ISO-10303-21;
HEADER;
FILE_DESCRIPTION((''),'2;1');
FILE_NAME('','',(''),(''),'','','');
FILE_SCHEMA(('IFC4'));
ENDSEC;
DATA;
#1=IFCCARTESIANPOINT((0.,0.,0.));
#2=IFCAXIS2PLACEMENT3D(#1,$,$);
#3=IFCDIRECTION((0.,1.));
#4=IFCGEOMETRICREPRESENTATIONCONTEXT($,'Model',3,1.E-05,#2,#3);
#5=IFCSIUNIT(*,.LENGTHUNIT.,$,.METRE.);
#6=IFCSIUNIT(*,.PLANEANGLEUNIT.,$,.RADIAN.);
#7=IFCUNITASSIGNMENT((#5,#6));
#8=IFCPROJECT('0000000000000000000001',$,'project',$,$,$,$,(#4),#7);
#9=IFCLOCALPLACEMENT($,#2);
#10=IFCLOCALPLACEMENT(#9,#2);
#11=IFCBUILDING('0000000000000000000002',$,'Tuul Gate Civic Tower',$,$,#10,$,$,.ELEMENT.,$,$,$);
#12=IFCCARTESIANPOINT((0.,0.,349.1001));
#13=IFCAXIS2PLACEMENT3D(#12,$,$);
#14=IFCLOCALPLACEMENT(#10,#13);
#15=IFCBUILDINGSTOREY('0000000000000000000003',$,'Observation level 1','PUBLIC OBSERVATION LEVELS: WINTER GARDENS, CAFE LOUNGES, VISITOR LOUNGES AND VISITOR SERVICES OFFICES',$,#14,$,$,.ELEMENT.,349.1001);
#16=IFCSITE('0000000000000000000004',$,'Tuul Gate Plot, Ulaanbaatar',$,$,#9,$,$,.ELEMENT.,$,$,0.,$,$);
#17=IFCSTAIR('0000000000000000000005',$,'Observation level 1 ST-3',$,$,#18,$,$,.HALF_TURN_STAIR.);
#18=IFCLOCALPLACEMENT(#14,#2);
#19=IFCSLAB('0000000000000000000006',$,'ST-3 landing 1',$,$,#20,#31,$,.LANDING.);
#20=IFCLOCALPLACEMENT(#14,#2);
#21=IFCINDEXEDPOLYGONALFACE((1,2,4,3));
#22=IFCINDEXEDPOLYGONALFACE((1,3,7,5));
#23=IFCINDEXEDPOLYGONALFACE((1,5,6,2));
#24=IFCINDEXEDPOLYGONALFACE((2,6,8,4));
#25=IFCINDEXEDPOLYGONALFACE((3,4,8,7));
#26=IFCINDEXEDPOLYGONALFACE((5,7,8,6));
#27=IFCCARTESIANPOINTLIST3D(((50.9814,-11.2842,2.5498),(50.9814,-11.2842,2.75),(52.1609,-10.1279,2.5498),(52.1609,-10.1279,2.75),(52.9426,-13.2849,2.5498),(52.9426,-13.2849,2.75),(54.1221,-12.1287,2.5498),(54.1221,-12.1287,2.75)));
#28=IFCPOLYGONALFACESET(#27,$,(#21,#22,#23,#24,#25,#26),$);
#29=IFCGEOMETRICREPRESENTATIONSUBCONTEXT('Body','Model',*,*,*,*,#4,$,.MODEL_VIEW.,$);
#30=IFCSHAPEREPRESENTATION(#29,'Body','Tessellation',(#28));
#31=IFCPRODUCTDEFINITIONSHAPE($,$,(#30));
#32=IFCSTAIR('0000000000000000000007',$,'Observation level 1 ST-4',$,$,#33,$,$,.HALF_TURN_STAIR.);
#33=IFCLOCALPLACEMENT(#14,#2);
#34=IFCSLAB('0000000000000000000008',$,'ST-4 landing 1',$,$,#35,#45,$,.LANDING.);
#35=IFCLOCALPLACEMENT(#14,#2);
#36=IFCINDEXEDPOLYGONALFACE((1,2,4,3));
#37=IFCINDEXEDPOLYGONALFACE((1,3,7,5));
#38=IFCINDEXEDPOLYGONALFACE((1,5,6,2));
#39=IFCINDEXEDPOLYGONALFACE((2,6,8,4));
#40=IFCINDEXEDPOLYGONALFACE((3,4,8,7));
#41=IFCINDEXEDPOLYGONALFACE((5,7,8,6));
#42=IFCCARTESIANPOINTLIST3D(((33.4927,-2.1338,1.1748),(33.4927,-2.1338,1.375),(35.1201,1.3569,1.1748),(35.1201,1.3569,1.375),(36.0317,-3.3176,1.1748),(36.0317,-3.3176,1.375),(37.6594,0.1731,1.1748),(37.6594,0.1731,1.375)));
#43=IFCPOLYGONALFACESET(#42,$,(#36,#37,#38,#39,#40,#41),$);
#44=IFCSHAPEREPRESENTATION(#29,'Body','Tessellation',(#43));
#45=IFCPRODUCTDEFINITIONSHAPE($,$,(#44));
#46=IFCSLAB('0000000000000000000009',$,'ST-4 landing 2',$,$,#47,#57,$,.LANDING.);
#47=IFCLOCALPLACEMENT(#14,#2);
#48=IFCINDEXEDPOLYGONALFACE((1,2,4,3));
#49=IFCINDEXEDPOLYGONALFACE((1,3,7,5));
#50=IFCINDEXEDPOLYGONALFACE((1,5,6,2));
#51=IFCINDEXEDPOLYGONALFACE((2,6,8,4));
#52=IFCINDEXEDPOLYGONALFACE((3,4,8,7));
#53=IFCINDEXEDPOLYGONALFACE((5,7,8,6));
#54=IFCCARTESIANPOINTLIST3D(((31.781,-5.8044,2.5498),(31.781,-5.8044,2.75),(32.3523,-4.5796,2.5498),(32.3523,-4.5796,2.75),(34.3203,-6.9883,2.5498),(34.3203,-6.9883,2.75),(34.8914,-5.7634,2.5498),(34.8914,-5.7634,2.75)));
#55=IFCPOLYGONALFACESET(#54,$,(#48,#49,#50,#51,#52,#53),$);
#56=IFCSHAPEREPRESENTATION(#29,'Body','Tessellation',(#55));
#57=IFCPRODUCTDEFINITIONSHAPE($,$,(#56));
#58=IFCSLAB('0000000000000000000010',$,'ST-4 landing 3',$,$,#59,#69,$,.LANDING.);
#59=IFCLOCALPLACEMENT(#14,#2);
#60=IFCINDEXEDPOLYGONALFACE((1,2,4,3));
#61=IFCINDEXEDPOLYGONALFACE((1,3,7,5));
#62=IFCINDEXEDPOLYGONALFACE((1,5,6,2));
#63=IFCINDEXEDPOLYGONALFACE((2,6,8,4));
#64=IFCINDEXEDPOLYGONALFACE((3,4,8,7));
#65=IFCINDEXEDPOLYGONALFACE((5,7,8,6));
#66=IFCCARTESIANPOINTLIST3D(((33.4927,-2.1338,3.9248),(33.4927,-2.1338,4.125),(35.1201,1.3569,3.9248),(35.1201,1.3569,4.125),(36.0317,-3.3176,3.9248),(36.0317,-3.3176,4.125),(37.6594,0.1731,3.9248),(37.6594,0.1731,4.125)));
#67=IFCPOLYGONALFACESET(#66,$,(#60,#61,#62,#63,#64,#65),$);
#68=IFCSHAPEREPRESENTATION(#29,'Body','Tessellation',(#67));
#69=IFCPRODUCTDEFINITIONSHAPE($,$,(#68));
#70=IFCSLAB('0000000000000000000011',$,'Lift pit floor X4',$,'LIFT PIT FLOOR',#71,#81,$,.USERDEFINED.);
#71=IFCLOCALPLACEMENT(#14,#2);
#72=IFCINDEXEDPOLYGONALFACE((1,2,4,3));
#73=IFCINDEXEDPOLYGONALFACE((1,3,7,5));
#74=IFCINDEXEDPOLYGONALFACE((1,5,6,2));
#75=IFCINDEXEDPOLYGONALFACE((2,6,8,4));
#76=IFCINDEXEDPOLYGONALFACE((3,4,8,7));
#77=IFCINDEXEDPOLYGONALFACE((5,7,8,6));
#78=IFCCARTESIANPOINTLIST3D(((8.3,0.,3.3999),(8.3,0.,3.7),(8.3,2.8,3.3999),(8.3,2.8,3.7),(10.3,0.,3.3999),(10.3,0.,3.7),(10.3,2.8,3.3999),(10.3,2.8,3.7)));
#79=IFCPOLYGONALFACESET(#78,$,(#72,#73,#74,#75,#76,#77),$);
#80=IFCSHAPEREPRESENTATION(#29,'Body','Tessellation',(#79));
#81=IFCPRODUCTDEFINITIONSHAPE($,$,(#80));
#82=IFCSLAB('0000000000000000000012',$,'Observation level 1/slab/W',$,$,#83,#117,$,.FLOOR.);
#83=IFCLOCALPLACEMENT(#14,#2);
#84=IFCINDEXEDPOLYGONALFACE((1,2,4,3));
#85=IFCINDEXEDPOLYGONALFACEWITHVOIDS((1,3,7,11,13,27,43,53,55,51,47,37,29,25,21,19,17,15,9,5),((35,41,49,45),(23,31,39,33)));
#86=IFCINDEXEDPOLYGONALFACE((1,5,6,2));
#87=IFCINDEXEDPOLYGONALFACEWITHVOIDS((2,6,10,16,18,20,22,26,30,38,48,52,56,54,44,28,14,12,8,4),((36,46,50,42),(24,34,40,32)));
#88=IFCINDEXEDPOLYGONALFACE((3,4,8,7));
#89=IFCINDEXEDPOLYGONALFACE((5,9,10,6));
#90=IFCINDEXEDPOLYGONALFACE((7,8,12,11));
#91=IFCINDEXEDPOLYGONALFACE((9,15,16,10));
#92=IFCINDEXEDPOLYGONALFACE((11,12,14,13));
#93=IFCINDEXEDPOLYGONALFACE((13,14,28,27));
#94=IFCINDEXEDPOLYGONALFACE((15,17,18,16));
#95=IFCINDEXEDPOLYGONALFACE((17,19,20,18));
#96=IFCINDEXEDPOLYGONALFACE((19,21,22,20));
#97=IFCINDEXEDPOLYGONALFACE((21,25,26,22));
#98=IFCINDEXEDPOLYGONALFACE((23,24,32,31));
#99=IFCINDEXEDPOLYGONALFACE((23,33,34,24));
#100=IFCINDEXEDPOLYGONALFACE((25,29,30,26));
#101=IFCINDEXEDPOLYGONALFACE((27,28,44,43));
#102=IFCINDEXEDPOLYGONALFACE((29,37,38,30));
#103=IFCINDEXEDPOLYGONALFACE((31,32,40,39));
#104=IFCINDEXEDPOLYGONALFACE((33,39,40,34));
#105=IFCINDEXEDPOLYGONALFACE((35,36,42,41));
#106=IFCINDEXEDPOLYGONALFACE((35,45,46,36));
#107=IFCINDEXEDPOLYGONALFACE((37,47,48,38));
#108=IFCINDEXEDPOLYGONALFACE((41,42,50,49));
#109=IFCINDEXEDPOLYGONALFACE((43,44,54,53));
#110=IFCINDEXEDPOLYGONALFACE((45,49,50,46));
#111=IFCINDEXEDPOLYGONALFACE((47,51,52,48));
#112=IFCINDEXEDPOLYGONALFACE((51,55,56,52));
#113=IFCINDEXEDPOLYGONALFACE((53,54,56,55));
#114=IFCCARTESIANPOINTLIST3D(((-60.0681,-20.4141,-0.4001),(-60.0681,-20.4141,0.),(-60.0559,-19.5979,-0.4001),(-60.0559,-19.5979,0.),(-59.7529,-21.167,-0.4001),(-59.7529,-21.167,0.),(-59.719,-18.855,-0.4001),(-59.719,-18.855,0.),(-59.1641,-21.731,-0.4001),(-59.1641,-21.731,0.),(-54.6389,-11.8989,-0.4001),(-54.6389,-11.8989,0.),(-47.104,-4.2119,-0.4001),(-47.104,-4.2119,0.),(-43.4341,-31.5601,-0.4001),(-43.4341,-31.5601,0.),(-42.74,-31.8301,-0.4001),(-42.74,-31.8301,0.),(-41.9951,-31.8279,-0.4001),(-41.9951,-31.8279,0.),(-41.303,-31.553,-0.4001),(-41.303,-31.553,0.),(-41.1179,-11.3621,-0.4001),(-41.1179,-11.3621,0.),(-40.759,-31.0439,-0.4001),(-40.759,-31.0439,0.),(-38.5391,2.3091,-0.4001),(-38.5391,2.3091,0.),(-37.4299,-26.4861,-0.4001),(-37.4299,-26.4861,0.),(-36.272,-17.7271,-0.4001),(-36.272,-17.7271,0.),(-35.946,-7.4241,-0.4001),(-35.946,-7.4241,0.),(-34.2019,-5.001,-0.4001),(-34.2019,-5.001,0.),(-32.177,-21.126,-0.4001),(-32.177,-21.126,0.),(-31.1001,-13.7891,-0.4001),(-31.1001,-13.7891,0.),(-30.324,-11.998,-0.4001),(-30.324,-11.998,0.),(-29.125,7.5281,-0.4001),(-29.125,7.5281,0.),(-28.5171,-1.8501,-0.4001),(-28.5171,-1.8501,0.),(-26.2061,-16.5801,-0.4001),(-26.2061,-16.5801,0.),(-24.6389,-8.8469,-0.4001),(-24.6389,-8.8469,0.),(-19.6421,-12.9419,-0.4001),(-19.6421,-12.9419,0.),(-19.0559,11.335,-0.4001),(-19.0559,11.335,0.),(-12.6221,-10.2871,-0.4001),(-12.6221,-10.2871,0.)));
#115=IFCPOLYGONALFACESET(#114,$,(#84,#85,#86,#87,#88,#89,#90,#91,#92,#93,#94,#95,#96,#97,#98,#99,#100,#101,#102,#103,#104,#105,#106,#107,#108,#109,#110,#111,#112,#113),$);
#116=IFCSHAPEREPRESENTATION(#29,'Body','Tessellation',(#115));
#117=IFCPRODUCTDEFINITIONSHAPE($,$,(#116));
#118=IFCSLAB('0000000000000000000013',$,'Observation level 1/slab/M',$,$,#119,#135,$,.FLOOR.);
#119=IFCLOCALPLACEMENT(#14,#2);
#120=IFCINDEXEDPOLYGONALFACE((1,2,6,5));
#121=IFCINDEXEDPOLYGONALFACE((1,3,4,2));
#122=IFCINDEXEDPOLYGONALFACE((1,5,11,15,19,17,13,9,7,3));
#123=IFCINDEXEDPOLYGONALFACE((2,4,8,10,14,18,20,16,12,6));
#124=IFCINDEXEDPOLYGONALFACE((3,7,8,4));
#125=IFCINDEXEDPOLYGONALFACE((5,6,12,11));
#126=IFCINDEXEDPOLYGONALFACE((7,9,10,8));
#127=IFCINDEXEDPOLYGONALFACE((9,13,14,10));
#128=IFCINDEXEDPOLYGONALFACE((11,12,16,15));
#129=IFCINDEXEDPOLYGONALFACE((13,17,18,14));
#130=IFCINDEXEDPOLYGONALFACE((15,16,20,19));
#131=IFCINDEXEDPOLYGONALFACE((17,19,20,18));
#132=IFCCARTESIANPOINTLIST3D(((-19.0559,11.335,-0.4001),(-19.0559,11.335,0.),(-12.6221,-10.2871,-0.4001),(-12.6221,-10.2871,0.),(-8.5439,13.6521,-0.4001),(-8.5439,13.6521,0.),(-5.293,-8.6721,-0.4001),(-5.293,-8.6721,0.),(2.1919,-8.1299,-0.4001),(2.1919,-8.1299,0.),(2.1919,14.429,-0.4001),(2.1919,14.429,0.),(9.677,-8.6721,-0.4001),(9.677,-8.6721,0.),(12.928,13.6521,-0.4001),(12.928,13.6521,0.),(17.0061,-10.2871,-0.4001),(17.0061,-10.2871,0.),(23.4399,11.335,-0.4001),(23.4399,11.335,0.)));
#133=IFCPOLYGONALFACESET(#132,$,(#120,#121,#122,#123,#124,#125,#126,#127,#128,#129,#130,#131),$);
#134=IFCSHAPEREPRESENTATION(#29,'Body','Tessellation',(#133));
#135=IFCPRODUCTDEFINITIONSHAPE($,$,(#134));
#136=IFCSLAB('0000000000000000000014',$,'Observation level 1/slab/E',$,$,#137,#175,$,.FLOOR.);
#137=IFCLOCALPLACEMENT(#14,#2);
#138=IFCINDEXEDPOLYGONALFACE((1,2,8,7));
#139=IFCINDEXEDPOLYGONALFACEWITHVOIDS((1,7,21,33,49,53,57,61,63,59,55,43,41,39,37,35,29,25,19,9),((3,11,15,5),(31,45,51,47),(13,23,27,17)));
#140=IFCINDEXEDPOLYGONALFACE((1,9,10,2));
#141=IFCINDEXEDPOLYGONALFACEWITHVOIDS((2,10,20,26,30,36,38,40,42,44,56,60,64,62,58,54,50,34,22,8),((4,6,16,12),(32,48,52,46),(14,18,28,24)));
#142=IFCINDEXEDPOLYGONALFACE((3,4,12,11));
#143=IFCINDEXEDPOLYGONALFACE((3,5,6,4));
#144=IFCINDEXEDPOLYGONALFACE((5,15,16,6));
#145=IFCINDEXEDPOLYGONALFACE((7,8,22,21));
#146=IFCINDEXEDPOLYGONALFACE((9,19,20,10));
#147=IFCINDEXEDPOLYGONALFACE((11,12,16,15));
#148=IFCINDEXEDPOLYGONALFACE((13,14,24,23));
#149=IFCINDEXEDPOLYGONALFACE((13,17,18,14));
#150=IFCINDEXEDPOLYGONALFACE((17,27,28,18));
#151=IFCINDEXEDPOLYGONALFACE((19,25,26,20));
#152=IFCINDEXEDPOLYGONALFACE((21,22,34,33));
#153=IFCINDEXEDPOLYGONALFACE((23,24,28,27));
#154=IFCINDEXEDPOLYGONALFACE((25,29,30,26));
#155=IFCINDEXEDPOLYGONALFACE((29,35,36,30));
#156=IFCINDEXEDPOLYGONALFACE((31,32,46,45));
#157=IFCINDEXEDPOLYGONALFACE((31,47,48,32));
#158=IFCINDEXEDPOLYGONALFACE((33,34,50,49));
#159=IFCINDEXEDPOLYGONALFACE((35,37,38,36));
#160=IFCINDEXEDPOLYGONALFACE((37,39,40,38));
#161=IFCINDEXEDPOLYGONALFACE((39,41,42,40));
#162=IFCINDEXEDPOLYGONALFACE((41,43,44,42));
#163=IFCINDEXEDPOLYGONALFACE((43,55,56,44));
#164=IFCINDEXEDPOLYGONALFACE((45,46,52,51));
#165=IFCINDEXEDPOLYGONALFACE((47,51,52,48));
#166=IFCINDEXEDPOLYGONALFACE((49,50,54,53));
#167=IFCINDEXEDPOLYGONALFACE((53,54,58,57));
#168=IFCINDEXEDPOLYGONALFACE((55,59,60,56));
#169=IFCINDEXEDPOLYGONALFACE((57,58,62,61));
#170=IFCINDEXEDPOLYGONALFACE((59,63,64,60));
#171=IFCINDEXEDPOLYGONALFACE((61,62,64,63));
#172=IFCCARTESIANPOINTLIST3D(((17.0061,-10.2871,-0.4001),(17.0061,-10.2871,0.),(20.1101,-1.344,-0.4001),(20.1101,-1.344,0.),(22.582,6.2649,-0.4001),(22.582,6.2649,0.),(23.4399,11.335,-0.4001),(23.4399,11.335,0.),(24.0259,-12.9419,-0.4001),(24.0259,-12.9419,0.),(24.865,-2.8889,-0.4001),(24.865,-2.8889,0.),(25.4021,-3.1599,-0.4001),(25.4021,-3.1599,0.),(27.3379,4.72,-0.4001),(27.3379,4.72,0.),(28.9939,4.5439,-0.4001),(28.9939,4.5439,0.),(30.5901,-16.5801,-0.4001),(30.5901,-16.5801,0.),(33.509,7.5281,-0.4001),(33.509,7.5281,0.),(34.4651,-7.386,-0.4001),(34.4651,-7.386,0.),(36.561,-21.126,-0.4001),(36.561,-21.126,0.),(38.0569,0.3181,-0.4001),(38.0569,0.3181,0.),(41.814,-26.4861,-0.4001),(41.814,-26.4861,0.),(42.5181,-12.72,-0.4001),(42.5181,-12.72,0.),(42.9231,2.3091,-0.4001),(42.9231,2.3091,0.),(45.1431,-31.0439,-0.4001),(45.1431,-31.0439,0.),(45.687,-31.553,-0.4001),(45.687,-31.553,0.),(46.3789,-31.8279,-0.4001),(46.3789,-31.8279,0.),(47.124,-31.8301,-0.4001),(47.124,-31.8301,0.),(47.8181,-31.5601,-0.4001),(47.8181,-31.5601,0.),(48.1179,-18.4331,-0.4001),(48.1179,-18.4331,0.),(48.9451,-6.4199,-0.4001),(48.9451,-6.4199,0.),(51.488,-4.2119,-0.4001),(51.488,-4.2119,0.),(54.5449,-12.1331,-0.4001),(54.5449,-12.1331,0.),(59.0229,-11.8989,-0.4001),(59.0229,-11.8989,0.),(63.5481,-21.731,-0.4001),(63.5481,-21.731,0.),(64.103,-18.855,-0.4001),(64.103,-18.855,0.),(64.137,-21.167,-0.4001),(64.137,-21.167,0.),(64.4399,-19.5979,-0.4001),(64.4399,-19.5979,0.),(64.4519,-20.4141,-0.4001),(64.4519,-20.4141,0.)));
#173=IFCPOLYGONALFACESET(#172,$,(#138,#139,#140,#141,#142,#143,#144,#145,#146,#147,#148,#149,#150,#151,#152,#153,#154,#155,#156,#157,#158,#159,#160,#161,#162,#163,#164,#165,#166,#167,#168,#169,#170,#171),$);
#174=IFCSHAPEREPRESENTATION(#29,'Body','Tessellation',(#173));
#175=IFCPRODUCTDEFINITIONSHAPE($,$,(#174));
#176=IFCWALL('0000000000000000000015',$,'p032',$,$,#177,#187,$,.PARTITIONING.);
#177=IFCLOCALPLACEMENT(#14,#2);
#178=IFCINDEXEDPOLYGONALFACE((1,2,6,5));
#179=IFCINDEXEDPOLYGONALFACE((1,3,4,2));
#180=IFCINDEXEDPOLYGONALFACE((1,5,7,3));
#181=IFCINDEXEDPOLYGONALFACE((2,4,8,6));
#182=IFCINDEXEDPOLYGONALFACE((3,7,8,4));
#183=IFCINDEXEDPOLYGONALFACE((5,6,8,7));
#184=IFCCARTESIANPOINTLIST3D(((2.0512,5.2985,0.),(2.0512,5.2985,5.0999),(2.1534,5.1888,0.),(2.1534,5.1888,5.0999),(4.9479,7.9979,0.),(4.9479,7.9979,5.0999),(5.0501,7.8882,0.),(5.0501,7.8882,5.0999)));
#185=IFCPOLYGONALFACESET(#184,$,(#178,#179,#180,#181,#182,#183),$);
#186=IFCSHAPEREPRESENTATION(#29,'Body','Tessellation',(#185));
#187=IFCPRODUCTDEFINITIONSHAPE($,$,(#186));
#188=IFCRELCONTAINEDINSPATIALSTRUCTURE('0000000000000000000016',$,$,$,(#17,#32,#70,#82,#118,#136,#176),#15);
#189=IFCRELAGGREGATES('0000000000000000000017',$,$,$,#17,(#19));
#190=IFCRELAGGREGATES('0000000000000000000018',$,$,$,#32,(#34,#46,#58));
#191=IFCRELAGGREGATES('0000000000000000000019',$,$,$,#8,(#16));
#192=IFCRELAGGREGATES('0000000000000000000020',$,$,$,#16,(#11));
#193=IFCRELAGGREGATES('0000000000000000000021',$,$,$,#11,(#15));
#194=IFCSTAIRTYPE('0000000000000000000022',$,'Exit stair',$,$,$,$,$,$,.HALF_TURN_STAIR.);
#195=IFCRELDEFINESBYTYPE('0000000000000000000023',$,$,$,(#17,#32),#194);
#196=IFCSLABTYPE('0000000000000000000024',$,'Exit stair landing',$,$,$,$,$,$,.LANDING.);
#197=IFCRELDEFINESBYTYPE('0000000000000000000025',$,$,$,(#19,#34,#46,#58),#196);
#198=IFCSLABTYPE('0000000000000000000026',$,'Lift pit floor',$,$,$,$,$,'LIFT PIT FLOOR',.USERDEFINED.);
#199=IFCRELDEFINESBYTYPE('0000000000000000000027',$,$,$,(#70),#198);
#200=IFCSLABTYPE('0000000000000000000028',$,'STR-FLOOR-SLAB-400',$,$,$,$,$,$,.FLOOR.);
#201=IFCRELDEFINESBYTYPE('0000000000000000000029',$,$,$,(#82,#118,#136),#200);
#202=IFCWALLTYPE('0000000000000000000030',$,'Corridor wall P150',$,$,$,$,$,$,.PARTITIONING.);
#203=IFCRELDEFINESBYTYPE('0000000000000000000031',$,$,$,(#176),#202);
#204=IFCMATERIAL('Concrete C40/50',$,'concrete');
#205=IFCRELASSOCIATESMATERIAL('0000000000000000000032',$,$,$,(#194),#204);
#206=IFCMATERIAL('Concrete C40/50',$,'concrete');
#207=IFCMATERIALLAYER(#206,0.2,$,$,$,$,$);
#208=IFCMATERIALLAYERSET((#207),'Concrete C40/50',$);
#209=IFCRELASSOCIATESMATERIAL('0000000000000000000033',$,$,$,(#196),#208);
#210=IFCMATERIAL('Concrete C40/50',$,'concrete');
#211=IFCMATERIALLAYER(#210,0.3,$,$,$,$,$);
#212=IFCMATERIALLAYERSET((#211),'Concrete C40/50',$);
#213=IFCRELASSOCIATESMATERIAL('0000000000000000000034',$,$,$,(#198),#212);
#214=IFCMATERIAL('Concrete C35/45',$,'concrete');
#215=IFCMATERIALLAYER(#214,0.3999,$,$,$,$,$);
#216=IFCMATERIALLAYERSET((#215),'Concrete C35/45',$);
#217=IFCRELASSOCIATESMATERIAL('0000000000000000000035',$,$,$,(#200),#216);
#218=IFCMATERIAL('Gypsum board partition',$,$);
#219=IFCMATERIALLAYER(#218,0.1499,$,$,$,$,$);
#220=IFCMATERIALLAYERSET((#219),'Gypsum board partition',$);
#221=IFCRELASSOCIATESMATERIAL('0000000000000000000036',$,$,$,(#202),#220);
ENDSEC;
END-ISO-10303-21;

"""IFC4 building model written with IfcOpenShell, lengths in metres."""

from ifc_helpers import new_model, si_unit, direction, frame, frame_2d, origin, place, context, subcontext, project, spatial, polyline, rectangle, outline, extrude, material, layer, layer_set, type_object, element, aggregate, save


model = new_model("IFC4")

# Units and contexts
model_context = context("Model", 3, precision=1e-05, world=origin(), true_north=direction((0.0, 1.0)))
body_context = subcontext(model_context, "Body", "Model", "MODEL_VIEW")
ifc_project = project(units=[si_unit("LENGTHUNIT", "METRE"), si_unit("PLANEANGLEUNIT", "RADIAN")], contexts=[model_context])

# Site, building, storey
site_placement = place(None, origin())
site = spatial("IfcSite", under=ifc_project, at=site_placement, Name="Tuul Gate Plot, Ulaanbaatar", CompositionType="ELEMENT", RefElevation=0.0)
building_placement = place(site_placement, origin())
building = spatial("IfcBuilding", under=site, at=building_placement, Name="Tuul Gate Civic Tower", CompositionType="ELEMENT")
storey_placement = place(building_placement, frame((0.0, 0.0, 349.1001)))
storey = spatial("IfcBuildingStorey", under=building, at=storey_placement, Name="Observation level 1", Description="PUBLIC OBSERVATION LEVELS: WINTER GARDENS, CAFE LOUNGES, VISITOR LOUNGES AND VISITOR SERVICES OFFICES", CompositionType="ELEMENT", Elevation=349.1001)

# Shared definitions
ifc_material_1 = material(Name="Concrete C40/50", Category="concrete")
stair_type = type_object("IfcStairType", Name="Exit stair", PredefinedType="HALF_TURN_STAIR", material=ifc_material_1)
ifc_material_2 = material(Name="Concrete C40/50", Category="concrete")
ifc_layer_1 = layer(ifc_material_2, 0.2)
ifc_layer_set_1 = layer_set([ifc_layer_1], Name="Concrete C40/50")
slab_type_1 = type_object("IfcSlabType", Name="Exit stair landing", PredefinedType="LANDING", material=ifc_layer_set_1)

# Stair, slab
stair_1_placement = place(storey_placement, origin())
stair_1 = element("IfcStair", 1, at=stair_1_placement, inside=storey, type_object=stair_type, Name="Observation level 1 ST-3", PredefinedType="HALF_TURN_STAIR")
slab_1_placement = place(storey_placement, frame((0.0, 0.0, 2.5498)))
slab_1 = element("IfcSlab", 2, at=slab_1_placement, type_object=slab_type_1, Name="ST-3 landing 1", PredefinedType="LANDING", context=body_context, shape_type="SweptSolid", body=[
    extrude(outline(polyline([(52.9426, -13.2849), (50.9814, -11.2842), (52.1609, -10.1279), (54.1221, -12.1287), (52.9426, -13.2849)])), origin(), (0.0, 0.0, 1.0), 0.2002),
])
aggregate(stair_1, [slab_1])

# Stair, slabs
stair_2_placement = place(storey_placement, origin())
stair_2 = element("IfcStair", 3, at=stair_2_placement, inside=storey, type_object=stair_type, Name="Observation level 1 ST-4", PredefinedType="HALF_TURN_STAIR")
slab_2_placement = place(storey_placement, frame((0.0, 0.0, 1.1748)))
slab_2 = element("IfcSlab", 4, at=slab_2_placement, type_object=slab_type_1, Name="ST-4 landing 1", PredefinedType="LANDING", context=body_context, shape_type="SweptSolid", body=[
    extrude(outline(polyline([(36.0317, -3.3176), (33.4927, -2.1338), (35.1201, 1.3569), (37.6594, 0.1731), (36.0317, -3.3176)])), origin(), (0.0, 0.0, 1.0), 0.2002),
])
slab_3_placement = place(storey_placement, frame((0.0, 0.0, 2.5498)))
slab_3 = element("IfcSlab", 5, at=slab_3_placement, type_object=slab_type_1, Name="ST-4 landing 2", PredefinedType="LANDING", context=body_context, shape_type="SweptSolid", body=[
    extrude(outline(polyline([(34.3203, -6.9883), (31.781, -5.8044), (32.3523, -4.5796), (34.8914, -5.7634), (34.3203, -6.9883)])), origin(), (0.0, 0.0, 1.0), 0.2002),
])
slab_4_placement = place(storey_placement, frame((0.0, 0.0, 3.9248)))
slab_4 = element("IfcSlab", 6, at=slab_4_placement, type_object=slab_type_1, Name="ST-4 landing 3", PredefinedType="LANDING", context=body_context, shape_type="SweptSolid", body=[
    extrude(outline(polyline([(36.0317, -3.3176), (33.4927, -2.1338), (35.1201, 1.3569), (37.6594, 0.1731), (36.0317, -3.3176)])), origin(), (0.0, 0.0, 1.0), 0.2002),
])
aggregate(stair_2, [slab_2, slab_3, slab_4])

# Slabs
ifc_material_3 = material(Name="Concrete C40/50", Category="concrete")
ifc_layer_2 = layer(ifc_material_3, 0.3)
ifc_layer_set_2 = layer_set([ifc_layer_2], Name="Concrete C40/50")
slab_type_2 = type_object("IfcSlabType", Name="Lift pit floor", ElementType="LIFT PIT FLOOR", PredefinedType="USERDEFINED", material=ifc_layer_set_2)
slab_5_placement = place(storey_placement, frame((0.0, 0.0, 3.3999)))
element("IfcSlab", 7, at=slab_5_placement, inside=storey, type_object=slab_type_2, Name="Lift pit floor X4", ObjectType="LIFT PIT FLOOR", PredefinedType="USERDEFINED", context=body_context, shape_type="SweptSolid", body=[
    extrude(outline(polyline([(10.3, 0.0), (10.3, 2.8), (8.3, 2.8), (8.3, 0.0), (10.3, 0.0)])), origin(), (0.0, 0.0, 1.0), 0.3),
])
ifc_material_4 = material(Name="Concrete C35/45", Category="concrete")
ifc_layer_3 = layer(ifc_material_4, 0.3999)
ifc_layer_set_3 = layer_set([ifc_layer_3], Name="Concrete C35/45")
slab_type_3 = type_object("IfcSlabType", Name="STR-FLOOR-SLAB-400", PredefinedType="FLOOR", material=ifc_layer_set_3)
slab_6_placement = place(storey_placement, frame((0.0, 0.0, -0.4001)))
element("IfcSlab", 8, at=slab_6_placement, inside=storey, type_object=slab_type_3, Name="Observation level 1/slab/W", PredefinedType="FLOOR", context=body_context, shape_type="SweptSolid", body=[
    extrude(outline(polyline([(-19.6421, -12.9419), (-12.6221, -10.2871), (-19.0559, 11.335), (-29.125, 7.5281), (-38.5391, 2.3091), (-47.104, -4.2119), (-54.6389, -11.8989), (-59.719, -18.855), (-60.0559, -19.5979), (-60.0681, -20.4141), (-59.7529, -21.167), (-59.1641, -21.731), (-43.4341, -31.5601), (-42.74, -31.8301), (-41.9951, -31.8279), (-41.303, -31.553), (-40.759, -31.0439), (-37.4299, -26.4861), (-32.177, -21.126), (-26.2061, -16.5801), (-19.6421, -12.9419)]), holes=[polyline([(-31.1001, -13.7891), (-36.272, -17.7271), (-41.1179, -11.3621), (-35.946, -7.4241), (-31.1001, -13.7891)]), polyline([(-24.6389, -8.8469), (-30.324, -11.998), (-34.2019, -5.001), (-28.5171, -1.8501), (-24.6389, -8.8469)])]), origin(), (0.0, 0.0, 1.0), 0.4001),
])
slab_7_placement = place(storey_placement, frame((0.0, 0.0, -0.4001)))
element("IfcSlab", 9, at=slab_7_placement, inside=storey, type_object=slab_type_3, Name="Observation level 1/slab/M", PredefinedType="FLOOR", context=body_context, shape_type="SweptSolid", body=[
    extrude(outline(polyline([(17.0061, -10.2871), (23.4399, 11.335), (12.928, 13.6521), (2.1919, 14.429), (-8.5439, 13.6521), (-19.0559, 11.335), (-12.6221, -10.2871), (-5.293, -8.6721), (2.1919, -8.1299), (9.677, -8.6721), (17.0061, -10.2871)])), origin(), (0.0, 0.0, 1.0), 0.4001),
])
slab_8_placement = place(storey_placement, frame((0.0, 0.0, -0.4001)))
element("IfcSlab", 10, at=slab_8_placement, inside=storey, type_object=slab_type_3, Name="Observation level 1/slab/E", PredefinedType="FLOOR", context=body_context, shape_type="SweptSolid", body=[
    extrude(outline(polyline([(47.124, -31.8301), (47.8181, -31.5601), (63.5481, -21.731), (64.137, -21.167), (64.4519, -20.4141), (64.4399, -19.5979), (64.103, -18.855), (59.0229, -11.8989), (51.488, -4.2119), (42.9231, 2.3091), (33.509, 7.5281), (23.4399, 11.335), (17.0061, -10.2871), (24.0259, -12.9419), (30.5901, -16.5801), (36.561, -21.126), (41.814, -26.4861), (45.1431, -31.0439), (45.687, -31.553), (46.3789, -31.8279), (47.124, -31.8301)]), holes=[polyline([(48.1179, -18.4331), (42.5181, -12.72), (48.9451, -6.4199), (54.5449, -12.1331), (48.1179, -18.4331)]), polyline([(25.4021, -3.1599), (28.9939, 4.5439), (38.0569, 0.3181), (34.4651, -7.386), (25.4021, -3.1599)]), polyline([(20.1101, -1.344), (22.582, 6.2649), (27.3379, 4.72), (24.865, -2.8889), (20.1101, -1.344)])]), origin(), (0.0, 0.0, 1.0), 0.4001),
])

# Wall
ifc_material_5 = material(Name="Gypsum board partition")
ifc_layer_4 = layer(ifc_material_5, 0.1499)
ifc_layer_set_4 = layer_set([ifc_layer_4], Name="Gypsum board partition")
wall_type_1 = type_object("IfcWallType", Name="Corridor wall P150", PredefinedType="PARTITIONING", material=ifc_layer_set_4)
wall_1_placement = place(storey_placement, frame((2.1023, 5.2437, 0.0), z_axis=(0.0, 0.0, 1.0), x_axis=(0.731578, 0.681758, 0.0)))
element("IfcWall", 11, at=wall_1_placement, inside=storey, type_object=wall_type_1, Name="p032", PredefinedType="PARTITIONING", context=body_context, shape_type="SweptSolid", body=[
    extrude(rectangle(XDim=3.9595, YDim=0.1499, at=frame_2d((1.9797, 0.0))), origin(), (0.0, 0.0, 1.0), 5.0999),
])

save(model, "model.ifc")
